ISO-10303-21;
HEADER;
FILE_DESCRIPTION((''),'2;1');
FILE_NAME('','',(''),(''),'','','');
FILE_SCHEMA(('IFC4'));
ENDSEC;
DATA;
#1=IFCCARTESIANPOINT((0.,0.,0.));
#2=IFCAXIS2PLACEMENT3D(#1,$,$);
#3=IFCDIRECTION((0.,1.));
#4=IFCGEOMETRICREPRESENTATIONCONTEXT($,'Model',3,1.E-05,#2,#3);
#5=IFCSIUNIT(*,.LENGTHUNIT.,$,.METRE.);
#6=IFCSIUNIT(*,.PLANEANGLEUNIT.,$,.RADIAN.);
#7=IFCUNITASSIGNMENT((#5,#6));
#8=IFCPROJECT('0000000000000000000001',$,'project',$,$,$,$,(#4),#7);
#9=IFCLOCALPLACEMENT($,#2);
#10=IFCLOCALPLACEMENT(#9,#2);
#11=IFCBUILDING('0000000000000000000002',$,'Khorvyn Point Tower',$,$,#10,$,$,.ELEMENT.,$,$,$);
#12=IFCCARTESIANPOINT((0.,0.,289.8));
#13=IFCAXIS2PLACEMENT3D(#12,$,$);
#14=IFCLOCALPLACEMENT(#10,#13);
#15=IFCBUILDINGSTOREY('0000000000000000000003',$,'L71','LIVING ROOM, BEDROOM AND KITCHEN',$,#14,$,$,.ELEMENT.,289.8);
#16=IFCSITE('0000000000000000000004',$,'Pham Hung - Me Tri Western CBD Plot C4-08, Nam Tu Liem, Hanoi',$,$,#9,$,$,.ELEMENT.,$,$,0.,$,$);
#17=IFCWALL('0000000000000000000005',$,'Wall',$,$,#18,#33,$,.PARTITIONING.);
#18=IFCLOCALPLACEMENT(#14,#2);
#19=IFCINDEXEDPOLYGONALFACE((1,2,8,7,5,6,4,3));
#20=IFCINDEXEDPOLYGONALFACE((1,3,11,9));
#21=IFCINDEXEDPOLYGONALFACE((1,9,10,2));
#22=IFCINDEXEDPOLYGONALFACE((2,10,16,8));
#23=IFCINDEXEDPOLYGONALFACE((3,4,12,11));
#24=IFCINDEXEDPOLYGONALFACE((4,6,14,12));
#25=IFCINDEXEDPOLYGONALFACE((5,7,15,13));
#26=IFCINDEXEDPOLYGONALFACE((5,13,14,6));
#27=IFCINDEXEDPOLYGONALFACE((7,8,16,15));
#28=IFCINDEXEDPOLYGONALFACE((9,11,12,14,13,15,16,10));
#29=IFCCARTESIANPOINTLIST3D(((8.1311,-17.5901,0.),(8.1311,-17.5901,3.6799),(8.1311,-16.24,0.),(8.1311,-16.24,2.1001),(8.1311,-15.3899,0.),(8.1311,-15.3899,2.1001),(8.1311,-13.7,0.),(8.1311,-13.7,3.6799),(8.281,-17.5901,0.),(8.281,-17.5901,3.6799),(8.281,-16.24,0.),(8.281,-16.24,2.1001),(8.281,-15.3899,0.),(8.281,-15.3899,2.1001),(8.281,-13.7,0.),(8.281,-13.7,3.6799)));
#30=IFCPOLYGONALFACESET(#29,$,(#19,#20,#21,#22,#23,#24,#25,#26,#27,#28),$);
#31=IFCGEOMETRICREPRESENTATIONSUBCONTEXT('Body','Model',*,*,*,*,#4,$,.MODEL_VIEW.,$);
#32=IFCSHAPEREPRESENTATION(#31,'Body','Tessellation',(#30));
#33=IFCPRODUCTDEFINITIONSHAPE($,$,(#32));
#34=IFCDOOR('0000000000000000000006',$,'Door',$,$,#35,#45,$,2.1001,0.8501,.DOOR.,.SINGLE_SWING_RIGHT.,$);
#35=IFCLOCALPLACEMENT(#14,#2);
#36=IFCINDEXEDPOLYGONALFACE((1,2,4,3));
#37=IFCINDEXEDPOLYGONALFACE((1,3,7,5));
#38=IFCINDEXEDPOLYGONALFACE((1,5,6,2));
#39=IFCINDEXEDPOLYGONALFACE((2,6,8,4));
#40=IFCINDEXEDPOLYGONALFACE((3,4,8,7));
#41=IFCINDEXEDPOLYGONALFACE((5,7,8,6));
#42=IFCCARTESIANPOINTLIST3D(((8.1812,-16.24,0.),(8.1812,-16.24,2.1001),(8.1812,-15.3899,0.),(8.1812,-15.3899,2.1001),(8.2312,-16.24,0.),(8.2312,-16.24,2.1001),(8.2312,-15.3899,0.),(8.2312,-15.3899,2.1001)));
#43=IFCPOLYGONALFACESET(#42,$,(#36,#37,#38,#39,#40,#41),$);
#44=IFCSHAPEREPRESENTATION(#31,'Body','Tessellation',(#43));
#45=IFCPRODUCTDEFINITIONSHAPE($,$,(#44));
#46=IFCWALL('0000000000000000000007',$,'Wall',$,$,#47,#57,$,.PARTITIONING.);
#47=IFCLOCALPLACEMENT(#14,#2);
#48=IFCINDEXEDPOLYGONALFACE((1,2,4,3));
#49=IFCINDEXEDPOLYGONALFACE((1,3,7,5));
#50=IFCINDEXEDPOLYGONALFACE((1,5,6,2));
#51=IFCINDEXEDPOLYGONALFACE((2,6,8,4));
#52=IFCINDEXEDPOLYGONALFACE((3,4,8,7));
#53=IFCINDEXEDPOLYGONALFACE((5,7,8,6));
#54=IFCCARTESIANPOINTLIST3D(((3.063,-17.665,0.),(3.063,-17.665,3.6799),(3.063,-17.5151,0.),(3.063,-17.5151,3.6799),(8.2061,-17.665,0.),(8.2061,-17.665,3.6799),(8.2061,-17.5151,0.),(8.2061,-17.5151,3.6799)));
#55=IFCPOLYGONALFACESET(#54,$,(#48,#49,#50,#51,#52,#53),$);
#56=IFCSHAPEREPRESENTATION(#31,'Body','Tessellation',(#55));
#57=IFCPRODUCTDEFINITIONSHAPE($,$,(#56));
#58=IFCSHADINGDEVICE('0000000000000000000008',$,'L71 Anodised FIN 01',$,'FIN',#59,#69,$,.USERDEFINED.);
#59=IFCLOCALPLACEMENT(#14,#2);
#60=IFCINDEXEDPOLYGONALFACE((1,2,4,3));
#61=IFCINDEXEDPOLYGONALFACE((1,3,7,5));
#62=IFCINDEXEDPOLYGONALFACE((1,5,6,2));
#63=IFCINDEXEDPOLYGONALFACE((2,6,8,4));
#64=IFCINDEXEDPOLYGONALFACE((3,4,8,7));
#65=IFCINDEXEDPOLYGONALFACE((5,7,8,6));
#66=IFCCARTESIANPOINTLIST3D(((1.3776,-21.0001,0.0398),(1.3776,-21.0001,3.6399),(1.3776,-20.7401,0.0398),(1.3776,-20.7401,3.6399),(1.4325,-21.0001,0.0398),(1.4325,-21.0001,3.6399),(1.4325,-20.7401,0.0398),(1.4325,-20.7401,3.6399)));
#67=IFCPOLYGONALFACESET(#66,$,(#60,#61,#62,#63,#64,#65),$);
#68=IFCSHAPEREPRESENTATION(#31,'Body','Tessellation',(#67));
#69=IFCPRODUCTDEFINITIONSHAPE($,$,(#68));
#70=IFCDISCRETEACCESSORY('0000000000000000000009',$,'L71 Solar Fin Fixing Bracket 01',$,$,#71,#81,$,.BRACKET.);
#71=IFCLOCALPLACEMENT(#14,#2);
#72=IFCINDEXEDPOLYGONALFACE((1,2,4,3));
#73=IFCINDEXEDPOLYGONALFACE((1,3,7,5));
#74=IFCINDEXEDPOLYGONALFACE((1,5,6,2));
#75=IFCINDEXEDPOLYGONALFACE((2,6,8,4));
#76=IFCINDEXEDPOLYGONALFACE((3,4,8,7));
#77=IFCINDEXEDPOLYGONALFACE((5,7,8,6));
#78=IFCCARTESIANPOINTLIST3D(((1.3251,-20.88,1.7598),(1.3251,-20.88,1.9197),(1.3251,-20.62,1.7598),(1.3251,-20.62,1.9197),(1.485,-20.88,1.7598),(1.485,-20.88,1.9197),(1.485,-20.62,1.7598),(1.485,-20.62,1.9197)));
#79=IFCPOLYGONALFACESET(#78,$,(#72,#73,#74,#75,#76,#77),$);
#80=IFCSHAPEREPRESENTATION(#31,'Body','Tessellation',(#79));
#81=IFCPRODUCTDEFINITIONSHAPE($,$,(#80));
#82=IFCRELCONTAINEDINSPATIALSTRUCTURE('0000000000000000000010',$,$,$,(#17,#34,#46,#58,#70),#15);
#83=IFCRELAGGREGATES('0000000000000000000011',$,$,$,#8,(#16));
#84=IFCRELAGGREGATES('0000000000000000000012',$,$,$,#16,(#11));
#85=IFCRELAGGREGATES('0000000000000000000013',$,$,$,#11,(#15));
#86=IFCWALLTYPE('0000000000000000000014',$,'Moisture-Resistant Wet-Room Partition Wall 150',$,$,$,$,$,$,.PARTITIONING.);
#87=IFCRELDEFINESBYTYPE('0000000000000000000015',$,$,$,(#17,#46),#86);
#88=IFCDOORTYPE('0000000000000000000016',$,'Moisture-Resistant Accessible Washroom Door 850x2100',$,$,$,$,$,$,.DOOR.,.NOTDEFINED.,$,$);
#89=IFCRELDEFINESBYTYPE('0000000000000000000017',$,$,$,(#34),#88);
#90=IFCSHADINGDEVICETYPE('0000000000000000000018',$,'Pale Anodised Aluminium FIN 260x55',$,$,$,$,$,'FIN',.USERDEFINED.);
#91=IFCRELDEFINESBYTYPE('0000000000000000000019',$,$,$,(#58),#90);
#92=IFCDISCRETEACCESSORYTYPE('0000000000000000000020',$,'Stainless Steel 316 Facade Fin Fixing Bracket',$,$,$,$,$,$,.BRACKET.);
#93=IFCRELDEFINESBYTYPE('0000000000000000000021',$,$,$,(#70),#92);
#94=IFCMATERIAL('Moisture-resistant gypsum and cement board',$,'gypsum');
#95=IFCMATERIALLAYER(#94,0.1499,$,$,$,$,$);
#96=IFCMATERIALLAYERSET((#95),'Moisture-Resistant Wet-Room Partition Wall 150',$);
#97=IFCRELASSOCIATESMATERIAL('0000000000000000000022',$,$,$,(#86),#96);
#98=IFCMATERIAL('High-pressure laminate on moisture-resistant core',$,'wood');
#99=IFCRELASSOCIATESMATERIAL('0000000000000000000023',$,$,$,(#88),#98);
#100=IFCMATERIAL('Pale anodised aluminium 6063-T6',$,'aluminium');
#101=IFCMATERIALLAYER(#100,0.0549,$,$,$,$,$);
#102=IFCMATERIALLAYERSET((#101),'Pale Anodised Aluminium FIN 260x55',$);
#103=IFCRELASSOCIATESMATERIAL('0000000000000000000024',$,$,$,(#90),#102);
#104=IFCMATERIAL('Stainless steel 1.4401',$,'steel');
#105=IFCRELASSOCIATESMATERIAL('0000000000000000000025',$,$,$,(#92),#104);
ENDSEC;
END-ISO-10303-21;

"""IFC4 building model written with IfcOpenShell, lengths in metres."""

from ifc_helpers import new_model, si_unit, direction, frame, frame_2d, origin, origin_2d, place, context, subcontext, project, spatial, rectangle, extrude, material, layer, layer_set, type_object, element, fill, save


model = new_model("IFC4")

# Units and contexts
model_context = context("Model", 3, precision=1e-05, world=origin(), true_north=direction((0.0, 1.0)))
body_context = subcontext(model_context, "Body", "Model", "MODEL_VIEW")
ifc_project = project(units=[si_unit("LENGTHUNIT", "METRE"), si_unit("PLANEANGLEUNIT", "RADIAN")], contexts=[model_context])

# Site, building, storey
site_placement = place(None, origin())
site = spatial("IfcSite", under=ifc_project, at=site_placement, Name="Pham Hung - Me Tri Western CBD Plot C4-08, Nam Tu Liem, Hanoi", CompositionType="ELEMENT", RefElevation=0.0)
building_placement = place(site_placement, origin())
building = spatial("IfcBuilding", under=site, at=building_placement, Name="Khorvyn Point Tower", CompositionType="ELEMENT")
storey_placement = place(building_placement, frame((0.0, 0.0, 289.8)))
storey = spatial("IfcBuildingStorey", under=building, at=storey_placement, Name="L71", Description="LIVING ROOM, BEDROOM AND KITCHEN", CompositionType="ELEMENT", Elevation=289.8)

# Wall, opening, door
ifc_material_1 = material(Name="Moisture-resistant gypsum and cement board", Category="gypsum")
ifc_layer_1 = layer(ifc_material_1, 0.1499)
ifc_layer_set_1 = layer_set([ifc_layer_1], Name="Moisture-Resistant Wet-Room Partition Wall 150")
wall_type_1 = type_object("IfcWallType", Name="Moisture-Resistant Wet-Room Partition Wall 150", PredefinedType="PARTITIONING", material=ifc_layer_set_1)
wall_1_placement = place(storey_placement, frame((8.2061, -17.5901, 0.0), z_axis=(0.0, 0.0, 1.0), x_axis=(0.0, 1.0, 0.0)))
wall_1 = element("IfcWall", 1, at=wall_1_placement, inside=storey, type_object=wall_type_1, Name="Wall", PredefinedType="PARTITIONING", context=body_context, shape_type="SweptSolid", body=[
    extrude(rectangle(XDim=3.8901, YDim=0.1499, at=frame_2d((1.9451, 0.0))), origin(), (0.0, 0.0, 1.0), 3.6799),
])
opening_1_placement = place(wall_1_placement, frame((1.3501, 0.0, 0.0)))
opening_1 = element("IfcOpeningElement", 2, at=opening_1_placement, cuts=wall_1, PredefinedType="OPENING", context=body_context, shape_type="SweptSolid", body=[
    extrude(rectangle(XDim=0.8501, YDim=2.1001, at=frame_2d((0.425, 1.05))), frame((0.0, 0.085, 0.0), z_axis=(0.0, -1.0, 0.0), x_axis=(1.0, 0.0, 0.0)), (0.0, 0.0, 1.0), 0.1699),
])
ifc_material_2 = material(Name="High-pressure laminate on moisture-resistant core", Category="wood")
door_type_1 = type_object("IfcDoorType", Name="Moisture-Resistant Accessible Washroom Door 850x2100", OperationType="NOTDEFINED", PredefinedType="DOOR", material=ifc_material_2)
door_1_placement = place(opening_1_placement, origin())
door_1 = element("IfcDoor", 3, at=door_1_placement, inside=storey, type_object=door_type_1, Name="Door", OperationType="SINGLE_SWING_RIGHT", OverallHeight=2.1001, OverallWidth=0.8501, PredefinedType="DOOR", context=body_context, shape_type="SweptSolid", body=[
    extrude(rectangle(XDim=0.8501, YDim=2.1001, at=frame_2d((0.425, 1.05))), frame((0.0, 0.0249, 0.0), z_axis=(0.0, -1.0, 0.0), x_axis=(1.0, 0.0, 0.0)), (0.0, 0.0, 1.0), 0.05),
])
fill(opening_1, door_1)

# Wall
wall_2_placement = place(storey_placement, frame((3.063, -17.5901, 0.0), z_axis=(0.0, 0.0, 1.0), x_axis=(1.0, 0.0, 0.0)))
element("IfcWall", 4, at=wall_2_placement, inside=storey, type_object=wall_type_1, Name="Wall", PredefinedType="PARTITIONING", context=body_context, shape_type="SweptSolid", body=[
    extrude(rectangle(XDim=5.1431, YDim=0.1499, at=frame_2d((2.5715, 0.0))), origin(), (0.0, 0.0, 1.0), 3.6799),
])

# Shading device
ifc_material_3 = material(Name="Pale anodised aluminium 6063-T6", Category="aluminium")
ifc_layer_2 = layer(ifc_material_3, 0.0549)
ifc_layer_set_2 = layer_set([ifc_layer_2], Name="Pale Anodised Aluminium FIN 260x55")
shading_device_type = type_object("IfcShadingDeviceType", Name="Pale Anodised Aluminium FIN 260x55", ElementType="FIN", PredefinedType="USERDEFINED", material=ifc_layer_set_2)
shading_device_placement = place(storey_placement, frame((1.405, -20.8701, 0.0398), z_axis=(0.0, 0.0, 1.0), x_axis=(0.0, -1.0, 0.0)))
element("IfcShadingDevice", 5, at=shading_device_placement, inside=storey, type_object=shading_device_type, Name="L71 Anodised FIN 01", ObjectType="FIN", PredefinedType="USERDEFINED", context=body_context, shape_type="SweptSolid", body=[
    extrude(rectangle(XDim=0.26, YDim=0.0549, at=origin_2d()), origin(), (0.0, 0.0, 1.0), 3.6001),
])

# Discrete accessory
ifc_material_4 = material(Name="Stainless steel 1.4401", Category="steel")
discrete_accessory_type = type_object("IfcDiscreteAccessoryType", Name="Stainless Steel 316 Facade Fin Fixing Bracket", PredefinedType="BRACKET", material=ifc_material_4)
discrete_accessory_placement = place(storey_placement, frame((1.405, -20.75, 1.7598), z_axis=(0.0, 0.0, 1.0), x_axis=(-1.0, 0.0, 0.0)))
element("IfcDiscreteAccessory", 6, at=discrete_accessory_placement, inside=storey, type_object=discrete_accessory_type, Name="L71 Solar Fin Fixing Bracket 01", PredefinedType="BRACKET", context=body_context, shape_type="SweptSolid", body=[
    extrude(rectangle(XDim=0.1599, YDim=0.26, at=origin_2d()), origin(), (0.0, 0.0, 1.0), 0.1599),
])

save(model, "model.ifc")
